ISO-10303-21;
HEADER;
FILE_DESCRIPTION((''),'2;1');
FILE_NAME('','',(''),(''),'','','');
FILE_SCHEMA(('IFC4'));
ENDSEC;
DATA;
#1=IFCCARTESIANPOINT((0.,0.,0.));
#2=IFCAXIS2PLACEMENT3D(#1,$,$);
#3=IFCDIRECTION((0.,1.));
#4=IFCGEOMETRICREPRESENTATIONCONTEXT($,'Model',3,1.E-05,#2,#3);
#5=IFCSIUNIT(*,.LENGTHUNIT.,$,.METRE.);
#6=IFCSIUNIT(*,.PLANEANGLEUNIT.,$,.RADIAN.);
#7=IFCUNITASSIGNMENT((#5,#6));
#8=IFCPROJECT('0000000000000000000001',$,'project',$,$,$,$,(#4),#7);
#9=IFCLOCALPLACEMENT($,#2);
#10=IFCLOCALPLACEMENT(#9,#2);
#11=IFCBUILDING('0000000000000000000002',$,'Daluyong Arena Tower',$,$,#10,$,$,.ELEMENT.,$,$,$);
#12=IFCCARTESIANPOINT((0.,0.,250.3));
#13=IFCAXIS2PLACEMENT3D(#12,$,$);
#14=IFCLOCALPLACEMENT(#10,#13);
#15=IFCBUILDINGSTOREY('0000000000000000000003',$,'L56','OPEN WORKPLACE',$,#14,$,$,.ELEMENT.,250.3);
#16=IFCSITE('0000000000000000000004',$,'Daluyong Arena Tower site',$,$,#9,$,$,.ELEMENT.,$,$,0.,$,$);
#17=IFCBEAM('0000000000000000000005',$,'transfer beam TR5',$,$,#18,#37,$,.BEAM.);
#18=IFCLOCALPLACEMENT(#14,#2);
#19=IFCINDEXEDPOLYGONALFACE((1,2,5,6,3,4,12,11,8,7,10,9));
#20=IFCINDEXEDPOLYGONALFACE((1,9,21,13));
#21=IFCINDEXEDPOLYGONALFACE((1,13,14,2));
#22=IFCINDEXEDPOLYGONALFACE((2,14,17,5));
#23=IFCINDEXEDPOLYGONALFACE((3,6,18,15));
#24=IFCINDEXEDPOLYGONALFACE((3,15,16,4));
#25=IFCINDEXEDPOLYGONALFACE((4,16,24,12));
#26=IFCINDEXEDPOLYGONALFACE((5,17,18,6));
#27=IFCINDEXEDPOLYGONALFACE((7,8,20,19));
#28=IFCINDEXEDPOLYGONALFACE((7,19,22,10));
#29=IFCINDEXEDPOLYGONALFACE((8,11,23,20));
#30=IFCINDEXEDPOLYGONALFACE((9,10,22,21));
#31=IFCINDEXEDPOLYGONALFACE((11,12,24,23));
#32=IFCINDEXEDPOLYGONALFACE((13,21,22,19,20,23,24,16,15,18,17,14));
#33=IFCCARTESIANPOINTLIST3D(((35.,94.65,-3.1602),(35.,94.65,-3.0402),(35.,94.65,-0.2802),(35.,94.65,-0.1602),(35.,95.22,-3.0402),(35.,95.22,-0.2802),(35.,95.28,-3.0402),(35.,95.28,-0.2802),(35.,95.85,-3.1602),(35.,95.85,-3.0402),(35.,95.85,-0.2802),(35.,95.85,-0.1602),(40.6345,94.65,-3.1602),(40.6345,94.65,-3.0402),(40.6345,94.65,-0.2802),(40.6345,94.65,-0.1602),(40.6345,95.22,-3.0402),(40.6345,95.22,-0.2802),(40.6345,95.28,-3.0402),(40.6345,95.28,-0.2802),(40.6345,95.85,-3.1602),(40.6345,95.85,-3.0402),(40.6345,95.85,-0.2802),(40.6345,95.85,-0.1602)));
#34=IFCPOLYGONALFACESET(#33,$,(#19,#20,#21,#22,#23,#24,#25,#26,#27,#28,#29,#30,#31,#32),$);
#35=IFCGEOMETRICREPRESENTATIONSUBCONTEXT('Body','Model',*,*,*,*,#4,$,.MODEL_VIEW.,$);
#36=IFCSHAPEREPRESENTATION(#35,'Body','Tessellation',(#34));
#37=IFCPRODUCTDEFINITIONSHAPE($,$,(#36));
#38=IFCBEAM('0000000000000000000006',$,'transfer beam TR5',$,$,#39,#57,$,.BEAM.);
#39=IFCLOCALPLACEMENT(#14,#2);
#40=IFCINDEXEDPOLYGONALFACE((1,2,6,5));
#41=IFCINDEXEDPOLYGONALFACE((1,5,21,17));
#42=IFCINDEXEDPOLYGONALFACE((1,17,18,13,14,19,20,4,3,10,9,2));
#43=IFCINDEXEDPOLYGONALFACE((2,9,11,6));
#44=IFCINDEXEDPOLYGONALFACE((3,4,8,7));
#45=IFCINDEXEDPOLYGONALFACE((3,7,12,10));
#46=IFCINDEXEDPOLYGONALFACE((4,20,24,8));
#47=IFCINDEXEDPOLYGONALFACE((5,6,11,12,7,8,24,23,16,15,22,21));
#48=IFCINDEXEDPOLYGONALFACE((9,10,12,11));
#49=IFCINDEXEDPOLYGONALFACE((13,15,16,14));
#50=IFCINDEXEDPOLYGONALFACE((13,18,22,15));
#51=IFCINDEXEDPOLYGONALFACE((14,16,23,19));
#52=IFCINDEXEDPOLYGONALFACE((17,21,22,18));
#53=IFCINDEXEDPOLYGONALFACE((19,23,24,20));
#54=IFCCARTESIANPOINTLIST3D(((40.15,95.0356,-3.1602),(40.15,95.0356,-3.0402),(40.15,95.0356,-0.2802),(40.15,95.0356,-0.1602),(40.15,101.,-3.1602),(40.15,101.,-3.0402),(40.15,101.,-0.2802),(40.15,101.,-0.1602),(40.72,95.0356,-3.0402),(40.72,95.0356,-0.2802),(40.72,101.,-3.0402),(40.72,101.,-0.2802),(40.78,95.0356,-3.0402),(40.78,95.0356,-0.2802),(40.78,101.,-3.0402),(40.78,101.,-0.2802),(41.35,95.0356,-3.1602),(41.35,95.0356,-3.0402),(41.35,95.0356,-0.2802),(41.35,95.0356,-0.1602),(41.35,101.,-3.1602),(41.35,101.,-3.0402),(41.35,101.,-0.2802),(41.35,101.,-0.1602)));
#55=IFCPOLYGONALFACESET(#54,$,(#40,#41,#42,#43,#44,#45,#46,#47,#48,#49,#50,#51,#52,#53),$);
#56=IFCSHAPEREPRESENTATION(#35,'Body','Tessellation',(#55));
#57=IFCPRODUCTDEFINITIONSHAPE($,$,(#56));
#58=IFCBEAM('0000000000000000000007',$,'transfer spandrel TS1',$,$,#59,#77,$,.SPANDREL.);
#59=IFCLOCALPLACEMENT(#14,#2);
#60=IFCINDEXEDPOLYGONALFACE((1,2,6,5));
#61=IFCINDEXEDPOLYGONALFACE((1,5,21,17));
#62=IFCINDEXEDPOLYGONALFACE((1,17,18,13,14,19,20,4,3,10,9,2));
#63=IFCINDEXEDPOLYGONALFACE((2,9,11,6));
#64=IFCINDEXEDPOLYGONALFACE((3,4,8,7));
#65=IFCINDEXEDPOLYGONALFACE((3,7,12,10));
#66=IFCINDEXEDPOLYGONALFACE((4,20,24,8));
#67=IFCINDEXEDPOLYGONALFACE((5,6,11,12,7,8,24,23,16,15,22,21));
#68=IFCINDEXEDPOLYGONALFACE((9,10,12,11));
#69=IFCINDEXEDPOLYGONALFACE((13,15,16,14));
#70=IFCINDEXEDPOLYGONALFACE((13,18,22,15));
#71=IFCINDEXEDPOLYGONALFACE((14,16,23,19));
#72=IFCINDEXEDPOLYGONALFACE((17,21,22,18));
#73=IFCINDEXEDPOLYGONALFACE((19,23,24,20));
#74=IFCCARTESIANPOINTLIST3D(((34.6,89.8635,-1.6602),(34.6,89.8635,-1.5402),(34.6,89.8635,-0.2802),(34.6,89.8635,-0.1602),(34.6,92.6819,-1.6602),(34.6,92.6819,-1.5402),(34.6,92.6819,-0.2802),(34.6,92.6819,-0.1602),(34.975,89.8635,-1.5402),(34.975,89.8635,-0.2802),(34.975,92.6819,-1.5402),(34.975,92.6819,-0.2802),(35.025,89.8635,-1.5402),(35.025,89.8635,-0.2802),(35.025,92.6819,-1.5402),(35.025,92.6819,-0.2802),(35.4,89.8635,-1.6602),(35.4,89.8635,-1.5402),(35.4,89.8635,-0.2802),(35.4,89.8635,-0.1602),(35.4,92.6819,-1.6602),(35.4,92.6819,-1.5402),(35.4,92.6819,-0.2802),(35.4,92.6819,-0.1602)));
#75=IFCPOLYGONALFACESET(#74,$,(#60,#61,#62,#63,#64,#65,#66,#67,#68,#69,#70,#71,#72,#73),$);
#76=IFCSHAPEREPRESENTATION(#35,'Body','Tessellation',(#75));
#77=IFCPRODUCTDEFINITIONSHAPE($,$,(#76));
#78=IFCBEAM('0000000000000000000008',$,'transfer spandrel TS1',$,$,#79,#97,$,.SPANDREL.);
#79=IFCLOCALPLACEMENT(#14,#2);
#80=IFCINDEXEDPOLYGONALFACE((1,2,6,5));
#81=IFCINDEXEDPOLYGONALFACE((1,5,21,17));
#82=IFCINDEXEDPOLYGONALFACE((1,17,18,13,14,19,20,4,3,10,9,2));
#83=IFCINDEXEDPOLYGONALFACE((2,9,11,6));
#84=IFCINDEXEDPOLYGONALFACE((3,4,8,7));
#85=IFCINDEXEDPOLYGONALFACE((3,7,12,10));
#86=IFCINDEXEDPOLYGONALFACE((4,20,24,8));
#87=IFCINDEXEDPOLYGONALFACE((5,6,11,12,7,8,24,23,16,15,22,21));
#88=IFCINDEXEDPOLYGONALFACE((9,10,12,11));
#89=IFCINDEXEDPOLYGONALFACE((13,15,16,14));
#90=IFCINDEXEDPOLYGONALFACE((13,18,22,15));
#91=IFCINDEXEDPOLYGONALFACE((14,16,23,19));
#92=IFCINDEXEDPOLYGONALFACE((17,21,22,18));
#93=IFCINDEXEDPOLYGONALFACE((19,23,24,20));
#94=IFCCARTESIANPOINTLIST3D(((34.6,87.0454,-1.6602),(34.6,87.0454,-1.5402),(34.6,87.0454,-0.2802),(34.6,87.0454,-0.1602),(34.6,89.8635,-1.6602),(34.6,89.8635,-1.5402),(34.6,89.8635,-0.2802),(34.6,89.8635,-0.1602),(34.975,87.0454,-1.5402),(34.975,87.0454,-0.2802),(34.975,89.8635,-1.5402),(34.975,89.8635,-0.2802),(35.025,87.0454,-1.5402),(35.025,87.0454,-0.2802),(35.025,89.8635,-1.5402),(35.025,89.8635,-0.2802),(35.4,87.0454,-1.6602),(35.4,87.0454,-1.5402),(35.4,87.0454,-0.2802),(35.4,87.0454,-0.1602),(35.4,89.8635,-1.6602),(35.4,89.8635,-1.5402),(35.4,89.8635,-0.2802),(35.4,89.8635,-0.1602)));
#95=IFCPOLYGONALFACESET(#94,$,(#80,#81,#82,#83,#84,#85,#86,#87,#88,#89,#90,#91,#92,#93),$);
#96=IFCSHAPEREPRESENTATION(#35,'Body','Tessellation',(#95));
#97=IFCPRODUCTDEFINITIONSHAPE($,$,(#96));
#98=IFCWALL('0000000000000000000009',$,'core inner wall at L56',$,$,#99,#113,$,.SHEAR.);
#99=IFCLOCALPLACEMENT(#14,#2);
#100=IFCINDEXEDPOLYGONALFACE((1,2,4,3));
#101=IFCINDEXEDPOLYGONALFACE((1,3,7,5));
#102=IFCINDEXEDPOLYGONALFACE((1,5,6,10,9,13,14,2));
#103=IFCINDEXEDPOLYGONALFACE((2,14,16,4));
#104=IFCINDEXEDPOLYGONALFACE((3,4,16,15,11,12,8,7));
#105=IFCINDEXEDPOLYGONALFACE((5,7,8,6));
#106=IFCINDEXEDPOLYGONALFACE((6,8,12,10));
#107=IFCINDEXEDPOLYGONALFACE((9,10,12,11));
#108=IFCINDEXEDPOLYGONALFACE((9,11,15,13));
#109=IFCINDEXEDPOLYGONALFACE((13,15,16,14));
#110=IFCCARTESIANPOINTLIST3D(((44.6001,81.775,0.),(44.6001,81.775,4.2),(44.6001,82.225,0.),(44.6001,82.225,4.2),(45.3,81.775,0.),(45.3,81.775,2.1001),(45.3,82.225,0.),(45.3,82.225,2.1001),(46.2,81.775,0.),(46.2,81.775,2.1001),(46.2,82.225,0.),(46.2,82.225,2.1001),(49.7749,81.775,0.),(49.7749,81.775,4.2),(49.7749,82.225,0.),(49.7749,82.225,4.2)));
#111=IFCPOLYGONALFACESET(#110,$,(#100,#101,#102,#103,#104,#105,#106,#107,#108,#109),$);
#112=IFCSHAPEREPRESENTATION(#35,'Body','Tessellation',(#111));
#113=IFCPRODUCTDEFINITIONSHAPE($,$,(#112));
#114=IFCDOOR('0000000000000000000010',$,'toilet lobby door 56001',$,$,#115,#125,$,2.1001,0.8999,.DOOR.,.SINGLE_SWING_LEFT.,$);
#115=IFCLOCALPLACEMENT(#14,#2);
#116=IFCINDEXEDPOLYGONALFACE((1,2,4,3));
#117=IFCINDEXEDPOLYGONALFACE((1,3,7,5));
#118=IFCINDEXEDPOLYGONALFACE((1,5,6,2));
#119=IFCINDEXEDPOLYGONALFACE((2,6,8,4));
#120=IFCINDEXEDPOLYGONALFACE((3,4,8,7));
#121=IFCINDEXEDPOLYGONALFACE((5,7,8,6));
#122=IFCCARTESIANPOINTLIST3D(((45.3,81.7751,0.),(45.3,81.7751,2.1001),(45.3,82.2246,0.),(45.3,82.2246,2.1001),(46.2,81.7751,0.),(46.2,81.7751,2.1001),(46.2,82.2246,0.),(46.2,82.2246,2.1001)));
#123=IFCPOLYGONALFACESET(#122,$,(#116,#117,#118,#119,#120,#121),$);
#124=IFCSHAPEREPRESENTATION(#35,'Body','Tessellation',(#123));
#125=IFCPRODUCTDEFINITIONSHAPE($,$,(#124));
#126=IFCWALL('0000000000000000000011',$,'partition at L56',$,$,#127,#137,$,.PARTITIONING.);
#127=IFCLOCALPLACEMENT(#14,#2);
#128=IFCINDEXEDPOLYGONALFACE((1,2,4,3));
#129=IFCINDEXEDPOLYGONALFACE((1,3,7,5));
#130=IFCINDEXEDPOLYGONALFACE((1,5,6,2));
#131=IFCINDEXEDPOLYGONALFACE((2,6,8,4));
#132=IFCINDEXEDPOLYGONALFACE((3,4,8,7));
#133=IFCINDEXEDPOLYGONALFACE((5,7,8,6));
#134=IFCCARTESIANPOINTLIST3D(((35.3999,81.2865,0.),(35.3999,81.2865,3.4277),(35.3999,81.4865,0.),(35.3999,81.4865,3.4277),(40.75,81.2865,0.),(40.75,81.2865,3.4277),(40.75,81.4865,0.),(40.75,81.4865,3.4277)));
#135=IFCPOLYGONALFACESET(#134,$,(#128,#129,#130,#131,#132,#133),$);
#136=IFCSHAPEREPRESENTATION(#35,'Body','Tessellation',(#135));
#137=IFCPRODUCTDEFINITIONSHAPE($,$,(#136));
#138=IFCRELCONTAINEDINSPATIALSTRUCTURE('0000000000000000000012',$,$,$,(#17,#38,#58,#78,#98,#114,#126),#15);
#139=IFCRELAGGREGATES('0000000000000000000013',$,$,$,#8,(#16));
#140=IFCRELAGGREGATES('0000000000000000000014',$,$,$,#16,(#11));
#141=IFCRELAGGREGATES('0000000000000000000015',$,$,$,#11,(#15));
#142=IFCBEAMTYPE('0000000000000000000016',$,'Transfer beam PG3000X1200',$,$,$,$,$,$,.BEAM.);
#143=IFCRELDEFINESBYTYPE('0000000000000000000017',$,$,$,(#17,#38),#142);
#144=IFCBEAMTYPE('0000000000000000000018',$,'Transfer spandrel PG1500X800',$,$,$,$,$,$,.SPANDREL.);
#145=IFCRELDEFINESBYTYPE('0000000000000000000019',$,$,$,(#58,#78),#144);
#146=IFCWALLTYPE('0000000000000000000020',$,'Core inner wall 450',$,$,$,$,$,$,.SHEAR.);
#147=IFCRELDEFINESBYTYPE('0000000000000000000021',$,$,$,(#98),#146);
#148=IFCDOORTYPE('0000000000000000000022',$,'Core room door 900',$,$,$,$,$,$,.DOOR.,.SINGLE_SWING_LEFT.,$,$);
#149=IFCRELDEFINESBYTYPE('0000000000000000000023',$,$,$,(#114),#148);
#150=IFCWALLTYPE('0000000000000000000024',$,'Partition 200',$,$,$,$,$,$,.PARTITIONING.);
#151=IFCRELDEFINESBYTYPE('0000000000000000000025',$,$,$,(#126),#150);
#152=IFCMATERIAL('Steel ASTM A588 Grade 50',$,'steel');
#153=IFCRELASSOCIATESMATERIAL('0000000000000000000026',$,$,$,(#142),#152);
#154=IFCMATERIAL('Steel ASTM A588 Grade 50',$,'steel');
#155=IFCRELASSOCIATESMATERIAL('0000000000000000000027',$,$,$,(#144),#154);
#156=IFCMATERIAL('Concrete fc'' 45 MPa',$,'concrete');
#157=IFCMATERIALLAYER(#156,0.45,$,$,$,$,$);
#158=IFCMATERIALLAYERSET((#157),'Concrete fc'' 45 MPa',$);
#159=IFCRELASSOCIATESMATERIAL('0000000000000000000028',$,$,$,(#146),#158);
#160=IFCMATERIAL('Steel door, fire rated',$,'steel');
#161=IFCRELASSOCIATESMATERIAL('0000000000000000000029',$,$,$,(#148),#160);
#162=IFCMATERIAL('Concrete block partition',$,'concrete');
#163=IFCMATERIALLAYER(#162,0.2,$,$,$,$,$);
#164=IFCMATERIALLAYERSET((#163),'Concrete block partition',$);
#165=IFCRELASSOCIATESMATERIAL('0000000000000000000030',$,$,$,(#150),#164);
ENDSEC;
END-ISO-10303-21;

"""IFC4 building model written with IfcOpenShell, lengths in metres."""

from ifc_helpers import new_model, si_unit, direction, frame, frame_2d, origin, origin_2d, place, context, subcontext, project, spatial, rectangle, i_section, extrude, material, layer, layer_set, material_profile, profile_set, type_object, element, fill, save


model = new_model("IFC4")

# Units and contexts
model_context = context("Model", 3, precision=1e-05, world=origin(), true_north=direction((0.0, 1.0)))
body_context = subcontext(model_context, "Body", "Model", "MODEL_VIEW")
ifc_project = project(units=[si_unit("LENGTHUNIT", "METRE"), si_unit("PLANEANGLEUNIT", "RADIAN")], contexts=[model_context])

# Site, building, storey
site_placement = place(None, origin())
site = spatial("IfcSite", under=ifc_project, at=site_placement, Name="Daluyong Arena Tower site", CompositionType="ELEMENT", RefElevation=0.0)
building_placement = place(site_placement, origin())
building = spatial("IfcBuilding", under=site, at=building_placement, Name="Daluyong Arena Tower", CompositionType="ELEMENT")
storey_placement = place(building_placement, frame((0.0, 0.0, 250.3)))
storey = spatial("IfcBuildingStorey", under=building, at=storey_placement, Name="L56", Description="OPEN WORKPLACE", CompositionType="ELEMENT", Elevation=250.3)

# Beams
ifc_material_1 = material(Name="Steel ASTM A588 Grade 50", Category="steel")
ifc_material_profile_1 = material_profile(ifc_material_1, i_section(OverallWidth=1.2, OverallDepth=3.0, WebThickness=0.06, FlangeThickness=0.12, at=origin_2d()))
ifc_profile_set_1 = profile_set([ifc_material_profile_1], Name="Steel ASTM A588 Grade 50")
beam_type_1 = type_object("IfcBeamType", Name="Transfer beam PG3000X1200", PredefinedType="BEAM", material=ifc_profile_set_1)
beam_1_placement = place(storey_placement, frame((35.0, 95.25, -1.6602), z_axis=(1.0, 0.0, 0.0), x_axis=(0.0, 1.0, 0.0)))
element("IfcBeam", 1, at=beam_1_placement, inside=storey, type_object=beam_type_1, Name="transfer beam TR5", PredefinedType="BEAM", context=body_context, shape_type="SweptSolid", body=[
    extrude(i_section(OverallWidth=1.2, OverallDepth=3.0, WebThickness=0.06, FlangeThickness=0.12, at=origin_2d()), origin(), (0.0, 0.0, 1.0), 5.6345),
])
beam_2_placement = place(storey_placement, frame((40.75, 95.0356, -1.6602), z_axis=(0.0, 1.0, 0.0), x_axis=(-1.0, 0.0, 0.0)))
element("IfcBeam", 2, at=beam_2_placement, inside=storey, type_object=beam_type_1, Name="transfer beam TR5", PredefinedType="BEAM", context=body_context, shape_type="SweptSolid", body=[
    extrude(i_section(OverallWidth=1.2, OverallDepth=3.0, WebThickness=0.06, FlangeThickness=0.12, at=origin_2d()), origin(), (0.0, 0.0, 1.0), 5.9644),
])
ifc_material_2 = material(Name="Steel ASTM A588 Grade 50", Category="steel")
ifc_material_profile_2 = material_profile(ifc_material_2, i_section(OverallWidth=0.8, OverallDepth=1.5, WebThickness=0.05, FlangeThickness=0.12, at=origin_2d()))
ifc_profile_set_2 = profile_set([ifc_material_profile_2], Name="Steel ASTM A588 Grade 50")
beam_type_2 = type_object("IfcBeamType", Name="Transfer spandrel PG1500X800", PredefinedType="SPANDREL", material=ifc_profile_set_2)
beam_3_placement = place(storey_placement, frame((35.0, 92.6819, -0.9102), z_axis=(0.0, -1.0, 0.0), x_axis=(1.0, 0.0, 0.0)))
element("IfcBeam", 3, at=beam_3_placement, inside=storey, type_object=beam_type_2, Name="transfer spandrel TS1", PredefinedType="SPANDREL", context=body_context, shape_type="SweptSolid", body=[
    extrude(i_section(OverallWidth=0.8, OverallDepth=1.5, WebThickness=0.05, FlangeThickness=0.12, at=origin_2d()), origin(), (0.0, 0.0, 1.0), 2.8184),
])
beam_4_placement = place(storey_placement, frame((35.0, 89.8635, -0.9102), z_axis=(0.0, -1.0, 0.0), x_axis=(1.0, 0.0, 0.0)))
element("IfcBeam", 4, at=beam_4_placement, inside=storey, type_object=beam_type_2, Name="transfer spandrel TS1", PredefinedType="SPANDREL", context=body_context, shape_type="SweptSolid", body=[
    extrude(i_section(OverallWidth=0.8, OverallDepth=1.5, WebThickness=0.05, FlangeThickness=0.12, at=origin_2d()), origin(), (0.0, 0.0, 1.0), 2.8181),
])

# Wall, opening, door
ifc_material_3 = material(Name="Concrete fc' 45 MPa", Category="concrete")
ifc_layer_1 = layer(ifc_material_3, 0.45)
ifc_layer_set_1 = layer_set([ifc_layer_1], Name="Concrete fc' 45 MPa")
wall_type_1 = type_object("IfcWallType", Name="Core inner wall 450", PredefinedType="SHEAR", material=ifc_layer_set_1)
wall_1_placement = place(storey_placement, frame((44.6001, 82.0, 0.0), z_axis=(0.0, 0.0, 1.0), x_axis=(1.0, 0.0, 0.0)))
wall_1 = element("IfcWall", 5, at=wall_1_placement, inside=storey, type_object=wall_type_1, Name="core inner wall at L56", PredefinedType="SHEAR", context=body_context, shape_type="SweptSolid", body=[
    extrude(rectangle(XDim=5.1748, YDim=0.45, at=frame_2d((2.5874, 0.0))), origin(), (0.0, 0.0, 1.0), 4.2),
])
opening_placement = place(wall_1_placement, frame((0.7, 0.0, 0.0)))
opening = element("IfcOpeningElement", 6, at=opening_placement, cuts=wall_1, PredefinedType="OPENING", context=body_context, shape_type="SweptSolid", body=[
    extrude(rectangle(XDim=0.8999, YDim=2.1001, at=frame_2d((0.45, 1.05))), frame((0.0, 0.2349, 0.0), z_axis=(0.0, -1.0, 0.0), x_axis=(1.0, 0.0, 0.0)), (0.0, 0.0, 1.0), 0.47),
])
ifc_material_4 = material(Name="Steel door, fire rated", Category="steel")
door_type = type_object("IfcDoorType", Name="Core room door 900", OperationType="SINGLE_SWING_LEFT", PredefinedType="DOOR", material=ifc_material_4)
door_placement = place(opening_placement, origin())
door = element("IfcDoor", 7, at=door_placement, inside=storey, type_object=door_type, Name="toilet lobby door 56001", OperationType="SINGLE_SWING_LEFT", OverallHeight=2.1001, OverallWidth=0.8999, PredefinedType="DOOR", context=body_context, shape_type="SweptSolid", body=[
    extrude(rectangle(XDim=0.8999, YDim=2.1001, at=frame_2d((0.45, 1.05))), frame((0.0, 0.2246, 0.0), z_axis=(0.0, -1.0, 0.0), x_axis=(1.0, 0.0, 0.0)), (0.0, 0.0, 1.0), 0.4495),
])
fill(opening, door)

# Wall
ifc_material_5 = material(Name="Concrete block partition", Category="concrete")
ifc_layer_2 = layer(ifc_material_5, 0.2)
ifc_layer_set_2 = layer_set([ifc_layer_2], Name="Concrete block partition")
wall_type_2 = type_object("IfcWallType", Name="Partition 200", PredefinedType="PARTITIONING", material=ifc_layer_set_2)
wall_2_placement = place(storey_placement, frame((35.3999, 81.3865, 0.0), z_axis=(0.0, 0.0, 1.0), x_axis=(1.0, 0.0, 0.0)))
element("IfcWall", 8, at=wall_2_placement, inside=storey, type_object=wall_type_2, Name="partition at L56", PredefinedType="PARTITIONING", context=body_context, shape_type="SweptSolid", body=[
    extrude(rectangle(XDim=5.3501, YDim=0.2, at=frame_2d((2.675, 0.0))), origin(), (0.0, 0.0, 1.0), 3.4277),
])

save(model, "model.ifc")
